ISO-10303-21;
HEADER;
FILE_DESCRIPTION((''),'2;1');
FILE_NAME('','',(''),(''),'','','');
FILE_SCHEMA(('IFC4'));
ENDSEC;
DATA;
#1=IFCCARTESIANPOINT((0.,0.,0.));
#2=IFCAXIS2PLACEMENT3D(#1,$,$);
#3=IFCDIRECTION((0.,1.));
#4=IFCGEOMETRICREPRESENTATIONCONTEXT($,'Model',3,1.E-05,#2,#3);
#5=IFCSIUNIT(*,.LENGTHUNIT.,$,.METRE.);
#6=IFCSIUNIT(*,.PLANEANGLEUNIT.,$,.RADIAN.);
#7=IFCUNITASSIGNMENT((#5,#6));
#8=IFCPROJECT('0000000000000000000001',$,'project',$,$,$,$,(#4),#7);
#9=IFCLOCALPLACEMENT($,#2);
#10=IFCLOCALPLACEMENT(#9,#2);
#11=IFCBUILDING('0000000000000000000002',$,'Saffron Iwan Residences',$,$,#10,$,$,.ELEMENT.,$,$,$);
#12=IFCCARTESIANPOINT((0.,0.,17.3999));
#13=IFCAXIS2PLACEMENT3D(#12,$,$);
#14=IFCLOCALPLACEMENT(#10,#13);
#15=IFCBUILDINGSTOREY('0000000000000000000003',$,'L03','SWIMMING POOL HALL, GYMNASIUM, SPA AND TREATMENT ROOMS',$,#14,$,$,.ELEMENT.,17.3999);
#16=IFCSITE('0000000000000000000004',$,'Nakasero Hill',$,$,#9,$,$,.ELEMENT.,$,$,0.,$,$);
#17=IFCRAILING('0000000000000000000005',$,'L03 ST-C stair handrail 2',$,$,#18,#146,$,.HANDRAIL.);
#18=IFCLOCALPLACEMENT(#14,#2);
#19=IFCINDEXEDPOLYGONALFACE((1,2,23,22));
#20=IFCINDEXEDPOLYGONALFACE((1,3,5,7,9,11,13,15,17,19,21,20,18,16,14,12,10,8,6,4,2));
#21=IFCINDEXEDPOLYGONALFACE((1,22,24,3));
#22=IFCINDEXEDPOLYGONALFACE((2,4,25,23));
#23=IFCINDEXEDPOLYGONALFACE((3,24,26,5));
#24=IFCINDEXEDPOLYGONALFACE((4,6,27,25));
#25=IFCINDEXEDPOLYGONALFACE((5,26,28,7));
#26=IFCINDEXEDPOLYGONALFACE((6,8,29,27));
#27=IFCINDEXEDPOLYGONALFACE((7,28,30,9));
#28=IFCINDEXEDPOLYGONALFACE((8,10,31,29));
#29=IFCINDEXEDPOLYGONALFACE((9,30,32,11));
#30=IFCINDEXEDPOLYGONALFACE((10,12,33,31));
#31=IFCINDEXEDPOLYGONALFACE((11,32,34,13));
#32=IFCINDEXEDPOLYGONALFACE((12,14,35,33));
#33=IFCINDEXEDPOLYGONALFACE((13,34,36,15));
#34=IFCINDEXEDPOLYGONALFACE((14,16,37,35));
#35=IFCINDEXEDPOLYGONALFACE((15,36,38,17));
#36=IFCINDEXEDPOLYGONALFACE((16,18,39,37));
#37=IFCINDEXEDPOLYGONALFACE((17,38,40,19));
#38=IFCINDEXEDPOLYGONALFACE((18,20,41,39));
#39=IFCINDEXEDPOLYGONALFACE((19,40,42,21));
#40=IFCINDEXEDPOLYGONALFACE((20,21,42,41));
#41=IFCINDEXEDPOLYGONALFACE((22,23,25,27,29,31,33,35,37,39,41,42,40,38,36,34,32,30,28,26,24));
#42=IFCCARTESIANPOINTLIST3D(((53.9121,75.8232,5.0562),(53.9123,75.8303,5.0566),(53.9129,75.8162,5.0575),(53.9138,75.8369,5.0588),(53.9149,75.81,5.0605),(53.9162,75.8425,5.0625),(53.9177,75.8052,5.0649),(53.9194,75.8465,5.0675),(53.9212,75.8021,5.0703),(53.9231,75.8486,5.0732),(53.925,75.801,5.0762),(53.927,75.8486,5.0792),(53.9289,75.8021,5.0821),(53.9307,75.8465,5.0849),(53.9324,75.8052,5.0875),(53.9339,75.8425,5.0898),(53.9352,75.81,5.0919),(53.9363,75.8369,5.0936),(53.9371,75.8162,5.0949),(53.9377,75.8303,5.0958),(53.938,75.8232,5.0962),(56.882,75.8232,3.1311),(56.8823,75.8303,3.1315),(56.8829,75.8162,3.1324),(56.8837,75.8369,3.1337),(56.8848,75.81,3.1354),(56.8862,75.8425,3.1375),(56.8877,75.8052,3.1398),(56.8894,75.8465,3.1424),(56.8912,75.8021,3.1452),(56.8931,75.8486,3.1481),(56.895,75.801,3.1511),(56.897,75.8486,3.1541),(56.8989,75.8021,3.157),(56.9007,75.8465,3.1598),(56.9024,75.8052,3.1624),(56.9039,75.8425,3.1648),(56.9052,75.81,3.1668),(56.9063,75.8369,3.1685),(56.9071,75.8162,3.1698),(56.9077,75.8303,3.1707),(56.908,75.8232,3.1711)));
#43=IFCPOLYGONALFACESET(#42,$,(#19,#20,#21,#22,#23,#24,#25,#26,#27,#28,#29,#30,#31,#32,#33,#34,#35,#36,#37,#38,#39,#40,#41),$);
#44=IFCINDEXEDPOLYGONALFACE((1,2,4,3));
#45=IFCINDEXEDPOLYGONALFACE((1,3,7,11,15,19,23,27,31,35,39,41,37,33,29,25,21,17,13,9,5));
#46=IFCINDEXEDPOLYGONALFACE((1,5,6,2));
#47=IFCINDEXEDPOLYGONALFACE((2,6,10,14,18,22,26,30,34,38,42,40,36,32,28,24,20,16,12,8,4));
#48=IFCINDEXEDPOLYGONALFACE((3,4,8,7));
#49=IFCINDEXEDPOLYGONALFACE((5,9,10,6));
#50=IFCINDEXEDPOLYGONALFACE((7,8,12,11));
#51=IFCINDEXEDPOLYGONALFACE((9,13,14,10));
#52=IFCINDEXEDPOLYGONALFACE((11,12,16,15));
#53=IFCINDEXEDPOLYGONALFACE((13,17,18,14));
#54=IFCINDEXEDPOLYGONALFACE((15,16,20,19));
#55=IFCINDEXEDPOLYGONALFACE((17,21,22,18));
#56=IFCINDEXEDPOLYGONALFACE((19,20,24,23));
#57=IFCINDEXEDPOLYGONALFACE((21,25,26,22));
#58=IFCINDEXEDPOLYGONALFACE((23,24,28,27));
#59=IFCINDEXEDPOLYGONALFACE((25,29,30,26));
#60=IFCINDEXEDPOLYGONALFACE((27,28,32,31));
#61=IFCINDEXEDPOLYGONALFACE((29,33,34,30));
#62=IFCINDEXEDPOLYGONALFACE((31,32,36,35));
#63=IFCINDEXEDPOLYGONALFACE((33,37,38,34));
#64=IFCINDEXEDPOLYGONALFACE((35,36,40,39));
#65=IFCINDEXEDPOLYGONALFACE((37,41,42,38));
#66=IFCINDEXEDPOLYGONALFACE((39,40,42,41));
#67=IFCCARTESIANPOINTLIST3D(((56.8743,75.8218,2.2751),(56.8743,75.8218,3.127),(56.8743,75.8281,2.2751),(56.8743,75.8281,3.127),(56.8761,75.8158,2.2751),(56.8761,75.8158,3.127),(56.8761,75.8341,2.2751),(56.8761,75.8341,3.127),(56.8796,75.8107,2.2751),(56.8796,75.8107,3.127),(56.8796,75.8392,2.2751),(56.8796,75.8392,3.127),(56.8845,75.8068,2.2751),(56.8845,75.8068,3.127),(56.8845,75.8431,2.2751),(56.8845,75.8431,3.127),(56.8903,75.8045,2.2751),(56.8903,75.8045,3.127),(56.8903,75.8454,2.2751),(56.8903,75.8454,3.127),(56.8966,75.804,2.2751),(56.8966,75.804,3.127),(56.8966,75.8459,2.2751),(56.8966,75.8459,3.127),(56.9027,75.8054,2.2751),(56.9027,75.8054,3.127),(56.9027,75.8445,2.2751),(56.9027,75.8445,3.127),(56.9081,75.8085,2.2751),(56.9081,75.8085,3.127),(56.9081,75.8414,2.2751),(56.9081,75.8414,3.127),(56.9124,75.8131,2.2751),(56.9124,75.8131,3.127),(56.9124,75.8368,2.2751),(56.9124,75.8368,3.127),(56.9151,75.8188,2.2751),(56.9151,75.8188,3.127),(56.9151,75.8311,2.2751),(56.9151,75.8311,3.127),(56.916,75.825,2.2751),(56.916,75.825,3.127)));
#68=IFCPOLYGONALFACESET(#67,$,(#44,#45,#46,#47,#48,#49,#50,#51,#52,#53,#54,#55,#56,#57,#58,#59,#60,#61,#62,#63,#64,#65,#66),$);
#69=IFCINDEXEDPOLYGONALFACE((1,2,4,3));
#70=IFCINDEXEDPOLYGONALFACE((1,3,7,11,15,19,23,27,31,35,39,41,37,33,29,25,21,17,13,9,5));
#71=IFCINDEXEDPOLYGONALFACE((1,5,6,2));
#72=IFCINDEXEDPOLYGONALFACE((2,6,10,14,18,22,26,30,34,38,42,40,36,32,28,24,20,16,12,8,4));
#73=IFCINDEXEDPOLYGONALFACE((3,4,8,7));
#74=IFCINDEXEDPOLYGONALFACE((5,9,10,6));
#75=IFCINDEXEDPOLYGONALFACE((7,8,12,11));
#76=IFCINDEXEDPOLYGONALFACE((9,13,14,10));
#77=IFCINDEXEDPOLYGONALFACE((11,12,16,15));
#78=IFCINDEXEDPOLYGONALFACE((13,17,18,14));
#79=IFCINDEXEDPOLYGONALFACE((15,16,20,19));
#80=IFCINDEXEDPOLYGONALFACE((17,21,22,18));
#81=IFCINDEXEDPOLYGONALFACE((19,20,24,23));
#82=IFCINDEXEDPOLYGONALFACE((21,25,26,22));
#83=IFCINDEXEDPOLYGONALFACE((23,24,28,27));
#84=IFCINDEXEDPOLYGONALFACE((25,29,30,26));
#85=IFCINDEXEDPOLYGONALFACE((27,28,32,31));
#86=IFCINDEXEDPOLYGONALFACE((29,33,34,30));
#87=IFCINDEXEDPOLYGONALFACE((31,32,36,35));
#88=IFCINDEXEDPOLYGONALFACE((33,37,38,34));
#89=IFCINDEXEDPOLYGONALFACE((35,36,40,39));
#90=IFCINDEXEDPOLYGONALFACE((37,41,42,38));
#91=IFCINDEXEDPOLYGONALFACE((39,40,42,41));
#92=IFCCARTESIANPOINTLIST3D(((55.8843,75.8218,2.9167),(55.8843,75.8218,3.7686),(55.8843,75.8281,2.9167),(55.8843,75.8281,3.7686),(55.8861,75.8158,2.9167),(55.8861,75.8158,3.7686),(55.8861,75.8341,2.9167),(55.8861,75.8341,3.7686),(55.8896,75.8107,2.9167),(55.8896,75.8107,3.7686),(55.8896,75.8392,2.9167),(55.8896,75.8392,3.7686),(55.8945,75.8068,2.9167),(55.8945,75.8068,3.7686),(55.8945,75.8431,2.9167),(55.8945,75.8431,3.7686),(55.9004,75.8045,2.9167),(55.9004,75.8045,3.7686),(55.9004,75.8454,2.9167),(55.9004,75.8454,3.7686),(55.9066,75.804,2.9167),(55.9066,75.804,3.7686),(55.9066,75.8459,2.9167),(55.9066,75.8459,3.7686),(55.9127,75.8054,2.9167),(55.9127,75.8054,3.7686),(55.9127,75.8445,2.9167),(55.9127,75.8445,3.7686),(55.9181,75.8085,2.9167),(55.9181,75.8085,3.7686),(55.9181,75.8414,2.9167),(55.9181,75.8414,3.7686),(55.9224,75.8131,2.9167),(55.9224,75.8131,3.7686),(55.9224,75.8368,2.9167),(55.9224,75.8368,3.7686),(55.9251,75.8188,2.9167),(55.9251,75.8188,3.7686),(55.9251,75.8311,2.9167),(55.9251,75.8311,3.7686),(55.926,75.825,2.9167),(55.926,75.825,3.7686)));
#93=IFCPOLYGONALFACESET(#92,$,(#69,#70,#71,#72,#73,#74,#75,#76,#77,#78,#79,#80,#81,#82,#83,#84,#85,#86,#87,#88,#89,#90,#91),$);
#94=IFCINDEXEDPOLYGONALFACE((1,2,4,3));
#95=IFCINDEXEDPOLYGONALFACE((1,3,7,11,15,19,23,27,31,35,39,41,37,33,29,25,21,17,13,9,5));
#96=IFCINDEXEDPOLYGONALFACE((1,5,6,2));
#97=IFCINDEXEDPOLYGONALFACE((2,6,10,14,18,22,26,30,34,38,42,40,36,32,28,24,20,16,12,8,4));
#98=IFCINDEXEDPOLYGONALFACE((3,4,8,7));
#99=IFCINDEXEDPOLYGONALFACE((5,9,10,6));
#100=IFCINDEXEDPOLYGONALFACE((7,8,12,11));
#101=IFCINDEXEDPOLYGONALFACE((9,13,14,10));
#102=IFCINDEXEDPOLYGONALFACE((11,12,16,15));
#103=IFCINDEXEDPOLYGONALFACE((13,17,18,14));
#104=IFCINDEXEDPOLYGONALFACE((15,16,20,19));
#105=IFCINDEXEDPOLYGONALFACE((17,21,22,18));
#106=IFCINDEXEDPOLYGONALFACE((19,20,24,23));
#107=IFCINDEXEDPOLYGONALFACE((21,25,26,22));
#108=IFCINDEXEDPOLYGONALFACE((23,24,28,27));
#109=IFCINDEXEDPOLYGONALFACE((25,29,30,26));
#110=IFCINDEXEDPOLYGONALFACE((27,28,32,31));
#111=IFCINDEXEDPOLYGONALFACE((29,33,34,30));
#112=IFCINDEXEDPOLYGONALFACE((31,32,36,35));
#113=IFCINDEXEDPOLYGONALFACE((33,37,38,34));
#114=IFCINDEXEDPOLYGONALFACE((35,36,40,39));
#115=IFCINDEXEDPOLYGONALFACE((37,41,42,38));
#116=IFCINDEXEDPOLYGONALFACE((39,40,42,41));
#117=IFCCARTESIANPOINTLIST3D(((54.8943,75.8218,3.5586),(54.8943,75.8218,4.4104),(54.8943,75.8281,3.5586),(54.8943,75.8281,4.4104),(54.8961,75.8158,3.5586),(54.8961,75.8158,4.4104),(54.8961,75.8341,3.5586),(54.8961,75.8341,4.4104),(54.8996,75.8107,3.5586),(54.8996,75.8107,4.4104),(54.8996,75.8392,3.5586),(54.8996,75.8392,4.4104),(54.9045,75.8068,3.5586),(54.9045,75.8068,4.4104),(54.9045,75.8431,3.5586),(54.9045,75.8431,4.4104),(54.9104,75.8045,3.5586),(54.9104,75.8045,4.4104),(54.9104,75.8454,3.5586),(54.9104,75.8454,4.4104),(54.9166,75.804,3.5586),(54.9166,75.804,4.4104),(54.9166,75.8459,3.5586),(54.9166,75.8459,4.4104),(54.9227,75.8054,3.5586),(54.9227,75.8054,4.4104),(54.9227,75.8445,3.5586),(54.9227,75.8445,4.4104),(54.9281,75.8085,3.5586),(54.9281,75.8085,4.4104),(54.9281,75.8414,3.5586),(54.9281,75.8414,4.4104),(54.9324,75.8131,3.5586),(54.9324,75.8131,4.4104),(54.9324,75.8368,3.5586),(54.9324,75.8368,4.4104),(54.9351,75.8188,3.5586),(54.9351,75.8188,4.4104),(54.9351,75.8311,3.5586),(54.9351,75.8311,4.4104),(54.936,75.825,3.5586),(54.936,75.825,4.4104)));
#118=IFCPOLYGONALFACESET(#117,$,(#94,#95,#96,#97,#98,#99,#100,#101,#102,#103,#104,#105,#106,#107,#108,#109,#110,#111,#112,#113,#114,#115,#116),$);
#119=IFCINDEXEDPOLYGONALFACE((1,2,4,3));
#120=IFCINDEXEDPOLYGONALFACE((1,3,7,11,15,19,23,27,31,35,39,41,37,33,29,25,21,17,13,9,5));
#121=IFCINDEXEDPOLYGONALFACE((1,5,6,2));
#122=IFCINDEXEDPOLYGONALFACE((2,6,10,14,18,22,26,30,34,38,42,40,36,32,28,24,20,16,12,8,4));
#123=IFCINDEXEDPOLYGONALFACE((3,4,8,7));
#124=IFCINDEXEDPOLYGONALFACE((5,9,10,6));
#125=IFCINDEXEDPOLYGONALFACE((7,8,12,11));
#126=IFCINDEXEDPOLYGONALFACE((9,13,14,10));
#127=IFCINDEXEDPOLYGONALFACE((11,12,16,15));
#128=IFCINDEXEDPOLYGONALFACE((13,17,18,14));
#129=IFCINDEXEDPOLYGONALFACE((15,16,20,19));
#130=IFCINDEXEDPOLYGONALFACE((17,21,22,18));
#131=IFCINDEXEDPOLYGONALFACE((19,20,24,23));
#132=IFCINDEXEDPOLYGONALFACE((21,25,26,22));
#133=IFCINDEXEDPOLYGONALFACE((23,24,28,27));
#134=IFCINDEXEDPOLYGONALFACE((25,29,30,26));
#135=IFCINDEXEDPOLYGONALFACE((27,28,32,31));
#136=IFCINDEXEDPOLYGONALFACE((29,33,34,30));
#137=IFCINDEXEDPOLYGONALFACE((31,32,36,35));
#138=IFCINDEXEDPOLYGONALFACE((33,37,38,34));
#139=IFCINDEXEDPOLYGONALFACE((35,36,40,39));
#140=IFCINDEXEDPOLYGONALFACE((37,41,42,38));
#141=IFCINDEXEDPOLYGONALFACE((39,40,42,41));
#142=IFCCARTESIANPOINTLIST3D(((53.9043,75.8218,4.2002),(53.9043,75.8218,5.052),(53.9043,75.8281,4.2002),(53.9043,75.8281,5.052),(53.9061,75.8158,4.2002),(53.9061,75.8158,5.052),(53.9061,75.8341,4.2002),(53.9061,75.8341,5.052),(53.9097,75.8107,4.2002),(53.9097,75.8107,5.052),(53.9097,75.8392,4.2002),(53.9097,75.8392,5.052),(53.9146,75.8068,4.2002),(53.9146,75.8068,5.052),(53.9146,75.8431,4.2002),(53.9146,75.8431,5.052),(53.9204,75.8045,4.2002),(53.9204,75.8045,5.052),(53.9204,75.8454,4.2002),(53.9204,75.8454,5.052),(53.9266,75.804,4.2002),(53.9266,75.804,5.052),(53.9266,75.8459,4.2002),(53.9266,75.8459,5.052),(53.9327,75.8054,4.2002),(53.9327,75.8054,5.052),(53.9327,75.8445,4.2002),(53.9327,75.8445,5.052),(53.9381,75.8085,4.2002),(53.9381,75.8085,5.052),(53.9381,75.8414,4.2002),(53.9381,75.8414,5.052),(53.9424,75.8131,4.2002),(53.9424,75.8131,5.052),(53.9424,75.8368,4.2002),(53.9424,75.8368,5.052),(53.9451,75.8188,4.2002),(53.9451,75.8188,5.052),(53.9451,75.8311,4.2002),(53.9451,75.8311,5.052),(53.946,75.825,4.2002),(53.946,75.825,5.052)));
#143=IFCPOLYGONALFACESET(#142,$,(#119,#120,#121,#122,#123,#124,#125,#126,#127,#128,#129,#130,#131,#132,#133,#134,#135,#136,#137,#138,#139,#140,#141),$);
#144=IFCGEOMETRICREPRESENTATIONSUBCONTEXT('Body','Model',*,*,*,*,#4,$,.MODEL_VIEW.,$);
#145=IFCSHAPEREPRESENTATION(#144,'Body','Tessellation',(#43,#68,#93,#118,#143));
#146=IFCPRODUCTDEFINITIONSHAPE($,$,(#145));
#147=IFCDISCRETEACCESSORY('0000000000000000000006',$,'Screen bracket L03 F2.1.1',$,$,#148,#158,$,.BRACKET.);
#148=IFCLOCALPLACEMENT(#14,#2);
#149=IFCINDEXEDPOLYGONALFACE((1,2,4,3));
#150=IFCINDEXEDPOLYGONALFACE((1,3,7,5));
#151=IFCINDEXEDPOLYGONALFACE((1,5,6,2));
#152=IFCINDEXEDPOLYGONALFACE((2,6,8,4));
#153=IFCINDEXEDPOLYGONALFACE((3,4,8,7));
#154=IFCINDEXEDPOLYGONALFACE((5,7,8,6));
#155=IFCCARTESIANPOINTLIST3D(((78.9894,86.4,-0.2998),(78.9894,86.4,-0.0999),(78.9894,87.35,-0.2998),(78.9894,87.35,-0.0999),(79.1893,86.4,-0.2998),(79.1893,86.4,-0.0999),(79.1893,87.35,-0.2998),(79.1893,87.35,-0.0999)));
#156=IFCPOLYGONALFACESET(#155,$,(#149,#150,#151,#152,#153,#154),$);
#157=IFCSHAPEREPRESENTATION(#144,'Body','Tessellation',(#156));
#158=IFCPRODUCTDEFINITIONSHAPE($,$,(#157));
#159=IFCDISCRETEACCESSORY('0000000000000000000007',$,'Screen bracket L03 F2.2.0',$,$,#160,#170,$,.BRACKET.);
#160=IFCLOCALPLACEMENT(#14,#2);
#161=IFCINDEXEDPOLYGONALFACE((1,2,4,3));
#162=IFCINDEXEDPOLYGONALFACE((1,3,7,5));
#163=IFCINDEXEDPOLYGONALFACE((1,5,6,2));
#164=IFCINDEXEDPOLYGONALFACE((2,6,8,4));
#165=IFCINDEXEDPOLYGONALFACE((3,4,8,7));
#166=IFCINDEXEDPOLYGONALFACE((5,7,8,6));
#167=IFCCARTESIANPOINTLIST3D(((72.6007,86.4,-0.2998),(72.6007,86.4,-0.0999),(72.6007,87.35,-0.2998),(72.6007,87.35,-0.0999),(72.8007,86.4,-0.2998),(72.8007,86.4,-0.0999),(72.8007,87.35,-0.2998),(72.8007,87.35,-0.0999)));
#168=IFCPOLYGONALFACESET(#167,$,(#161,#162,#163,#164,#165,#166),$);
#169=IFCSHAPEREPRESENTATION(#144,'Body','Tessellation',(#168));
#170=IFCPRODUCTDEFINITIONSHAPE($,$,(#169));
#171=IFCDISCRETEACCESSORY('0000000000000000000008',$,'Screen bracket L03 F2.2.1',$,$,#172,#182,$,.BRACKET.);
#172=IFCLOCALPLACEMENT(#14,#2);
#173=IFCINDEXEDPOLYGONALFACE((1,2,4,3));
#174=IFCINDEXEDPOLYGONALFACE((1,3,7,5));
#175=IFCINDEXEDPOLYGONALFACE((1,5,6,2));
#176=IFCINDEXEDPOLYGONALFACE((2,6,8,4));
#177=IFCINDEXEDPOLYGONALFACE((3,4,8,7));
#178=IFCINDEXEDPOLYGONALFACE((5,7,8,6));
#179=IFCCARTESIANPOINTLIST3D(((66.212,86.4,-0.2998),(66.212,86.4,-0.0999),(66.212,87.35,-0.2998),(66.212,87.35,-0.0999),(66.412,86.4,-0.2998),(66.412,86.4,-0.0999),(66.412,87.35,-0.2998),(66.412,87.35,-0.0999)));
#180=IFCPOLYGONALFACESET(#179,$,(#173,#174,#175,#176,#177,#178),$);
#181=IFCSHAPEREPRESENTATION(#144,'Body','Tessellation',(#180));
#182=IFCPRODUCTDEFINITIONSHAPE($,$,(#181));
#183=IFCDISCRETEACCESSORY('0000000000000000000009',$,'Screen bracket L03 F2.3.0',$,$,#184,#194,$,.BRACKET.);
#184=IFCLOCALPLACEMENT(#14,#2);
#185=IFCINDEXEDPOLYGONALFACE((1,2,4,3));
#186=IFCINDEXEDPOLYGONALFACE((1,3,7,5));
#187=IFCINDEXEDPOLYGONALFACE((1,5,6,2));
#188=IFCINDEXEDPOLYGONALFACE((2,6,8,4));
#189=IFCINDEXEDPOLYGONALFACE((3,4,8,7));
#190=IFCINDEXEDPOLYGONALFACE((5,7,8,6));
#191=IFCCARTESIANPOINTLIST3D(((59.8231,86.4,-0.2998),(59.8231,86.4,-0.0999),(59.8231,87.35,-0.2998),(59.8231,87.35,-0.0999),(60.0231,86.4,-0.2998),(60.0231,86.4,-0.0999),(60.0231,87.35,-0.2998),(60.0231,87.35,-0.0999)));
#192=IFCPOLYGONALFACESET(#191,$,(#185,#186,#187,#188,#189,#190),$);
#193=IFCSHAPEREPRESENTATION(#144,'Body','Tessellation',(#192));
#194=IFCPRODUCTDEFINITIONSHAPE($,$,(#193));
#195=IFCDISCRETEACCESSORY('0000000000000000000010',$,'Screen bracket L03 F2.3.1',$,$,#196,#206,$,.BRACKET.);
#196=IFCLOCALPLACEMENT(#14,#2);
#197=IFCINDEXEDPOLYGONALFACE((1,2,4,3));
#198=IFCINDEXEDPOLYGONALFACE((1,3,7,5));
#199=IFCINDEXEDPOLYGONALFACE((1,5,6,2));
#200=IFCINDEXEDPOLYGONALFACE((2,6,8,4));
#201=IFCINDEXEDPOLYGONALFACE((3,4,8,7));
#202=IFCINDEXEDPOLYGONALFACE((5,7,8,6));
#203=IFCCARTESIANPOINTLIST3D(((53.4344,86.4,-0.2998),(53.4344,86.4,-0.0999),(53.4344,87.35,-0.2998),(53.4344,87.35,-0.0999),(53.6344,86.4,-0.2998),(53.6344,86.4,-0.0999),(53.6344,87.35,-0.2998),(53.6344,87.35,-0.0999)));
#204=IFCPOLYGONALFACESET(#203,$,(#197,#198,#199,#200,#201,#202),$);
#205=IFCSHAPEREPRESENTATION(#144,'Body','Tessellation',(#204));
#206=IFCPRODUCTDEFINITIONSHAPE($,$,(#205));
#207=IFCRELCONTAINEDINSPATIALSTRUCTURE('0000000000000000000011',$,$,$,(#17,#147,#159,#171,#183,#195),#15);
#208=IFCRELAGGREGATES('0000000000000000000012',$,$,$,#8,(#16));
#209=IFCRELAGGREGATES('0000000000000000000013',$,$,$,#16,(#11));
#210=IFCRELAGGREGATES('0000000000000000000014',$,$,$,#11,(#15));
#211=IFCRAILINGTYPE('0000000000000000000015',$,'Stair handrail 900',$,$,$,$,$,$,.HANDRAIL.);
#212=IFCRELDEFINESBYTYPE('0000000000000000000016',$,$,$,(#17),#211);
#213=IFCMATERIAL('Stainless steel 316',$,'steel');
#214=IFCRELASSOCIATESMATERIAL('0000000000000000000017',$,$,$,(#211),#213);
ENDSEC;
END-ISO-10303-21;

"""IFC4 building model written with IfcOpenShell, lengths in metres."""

from ifc_helpers import new_model, si_unit, direction, frame, origin, origin_2d, place, context, subcontext, project, spatial, rectangle, circle, extrude, source, transform, mapped, material, type_object, element, save


model = new_model("IFC4")

# Units and contexts
model_context = context("Model", 3, precision=1e-05, world=origin(), true_north=direction((0.0, 1.0)))
body_context = subcontext(model_context, "Body", "Model", "MODEL_VIEW")
ifc_project = project(units=[si_unit("LENGTHUNIT", "METRE"), si_unit("PLANEANGLEUNIT", "RADIAN")], contexts=[model_context])

# Site, building, storey
site_placement = place(None, origin())
site = spatial("IfcSite", under=ifc_project, at=site_placement, Name="Nakasero Hill", CompositionType="ELEMENT", RefElevation=0.0)
building_placement = place(site_placement, origin())
building = spatial("IfcBuilding", under=site, at=building_placement, Name="Saffron Iwan Residences", CompositionType="ELEMENT")
storey_placement = place(building_placement, frame((0.0, 0.0, 17.3999)))
storey = spatial("IfcBuildingStorey", under=building, at=storey_placement, Name="L03", Description="SWIMMING POOL HALL, GYMNASIUM, SPA AND TREATMENT ROOMS", CompositionType="ELEMENT", Elevation=17.3999)

# Railing
ifc_material_1 = material(Name="Stainless steel 316", Category="steel")
railing_type_1 = type_object("IfcRailingType", Name="Stair handrail 900", PredefinedType="HANDRAIL", material=ifc_material_1)
railing_1_placement = place(storey_placement, frame((56.895, 75.825, 2.2751)))
element("IfcRailing", 1, at=railing_1_placement, inside=storey, type_object=railing_type_1, Name="L03 ST-C stair handrail 2", PredefinedType="HANDRAIL", context=body_context, shape_type="SweptSolid", body=[
    extrude(circle(Radius=0.0239, at=origin_2d()), frame((0.0, 0.0, 0.876), z_axis=(-0.839144, 0.0, 0.543909), x_axis=(0.0, -1.0, 0.0)), (0.0, 0.0, 1.0), 3.5393),
    extrude(circle(Radius=0.021, at=origin_2d()), origin(), (0.0, 0.0, 1.0), 0.8518),
    extrude(circle(Radius=0.021, at=origin_2d()), frame((-0.99, 0.0, 0.6416)), (0.0, 0.0, 1.0), 0.8518),
    extrude(circle(Radius=0.021, at=origin_2d()), frame((-1.98, 0.0, 1.2834)), (0.0, 0.0, 1.0), 0.8518),
    extrude(circle(Radius=0.021, at=origin_2d()), frame((-2.97, 0.0, 1.925)), (0.0, 0.0, 1.0), 0.8518),
])

# Discrete accessories
shared_shape_1 = source(origin(), body_context, "Body", "SweptSolid", [
    extrude(rectangle(XDim=0.95, YDim=0.2, at=origin_2d()), origin(), (0.0, 0.0, 1.0), 0.2),
])
for number, where, z_axis, x_axis, name in (
    (2, (79.0894, 86.875, -0.2998), (0.0, 0.0, 1.0), (0.0, 1.0, 0.0), "Screen bracket L03 F2.1.1"),
    (3, (72.7007, 86.875, -0.2998), (0.0, 0.0, 1.0), (0.0, 1.0, 0.0), "Screen bracket L03 F2.2.0"),
    (4, (66.312, 86.875, -0.2998), (0.0, 0.0, 1.0), (0.0, 1.0, 0.0), "Screen bracket L03 F2.2.1"),
    (5, (59.9231, 86.875, -0.2998), (0.0, 0.0, 1.0), (0.0, 1.0, 0.0), "Screen bracket L03 F2.3.0"),
    (6, (53.5344, 86.875, -0.2998), (0.0, 0.0, 1.0), (0.0, 1.0, 0.0), "Screen bracket L03 F2.3.1"),
):
    element("IfcDiscreteAccessory", number, at=place(storey_placement, frame(where, z_axis=z_axis, x_axis=x_axis)), inside=storey, Name=name, PredefinedType="BRACKET", context=body_context, shape_type="MappedRepresentation", body=[
        mapped(shared_shape_1, transform((0.0, 0.0, 0.0))),
    ])

save(model, "model.ifc")
